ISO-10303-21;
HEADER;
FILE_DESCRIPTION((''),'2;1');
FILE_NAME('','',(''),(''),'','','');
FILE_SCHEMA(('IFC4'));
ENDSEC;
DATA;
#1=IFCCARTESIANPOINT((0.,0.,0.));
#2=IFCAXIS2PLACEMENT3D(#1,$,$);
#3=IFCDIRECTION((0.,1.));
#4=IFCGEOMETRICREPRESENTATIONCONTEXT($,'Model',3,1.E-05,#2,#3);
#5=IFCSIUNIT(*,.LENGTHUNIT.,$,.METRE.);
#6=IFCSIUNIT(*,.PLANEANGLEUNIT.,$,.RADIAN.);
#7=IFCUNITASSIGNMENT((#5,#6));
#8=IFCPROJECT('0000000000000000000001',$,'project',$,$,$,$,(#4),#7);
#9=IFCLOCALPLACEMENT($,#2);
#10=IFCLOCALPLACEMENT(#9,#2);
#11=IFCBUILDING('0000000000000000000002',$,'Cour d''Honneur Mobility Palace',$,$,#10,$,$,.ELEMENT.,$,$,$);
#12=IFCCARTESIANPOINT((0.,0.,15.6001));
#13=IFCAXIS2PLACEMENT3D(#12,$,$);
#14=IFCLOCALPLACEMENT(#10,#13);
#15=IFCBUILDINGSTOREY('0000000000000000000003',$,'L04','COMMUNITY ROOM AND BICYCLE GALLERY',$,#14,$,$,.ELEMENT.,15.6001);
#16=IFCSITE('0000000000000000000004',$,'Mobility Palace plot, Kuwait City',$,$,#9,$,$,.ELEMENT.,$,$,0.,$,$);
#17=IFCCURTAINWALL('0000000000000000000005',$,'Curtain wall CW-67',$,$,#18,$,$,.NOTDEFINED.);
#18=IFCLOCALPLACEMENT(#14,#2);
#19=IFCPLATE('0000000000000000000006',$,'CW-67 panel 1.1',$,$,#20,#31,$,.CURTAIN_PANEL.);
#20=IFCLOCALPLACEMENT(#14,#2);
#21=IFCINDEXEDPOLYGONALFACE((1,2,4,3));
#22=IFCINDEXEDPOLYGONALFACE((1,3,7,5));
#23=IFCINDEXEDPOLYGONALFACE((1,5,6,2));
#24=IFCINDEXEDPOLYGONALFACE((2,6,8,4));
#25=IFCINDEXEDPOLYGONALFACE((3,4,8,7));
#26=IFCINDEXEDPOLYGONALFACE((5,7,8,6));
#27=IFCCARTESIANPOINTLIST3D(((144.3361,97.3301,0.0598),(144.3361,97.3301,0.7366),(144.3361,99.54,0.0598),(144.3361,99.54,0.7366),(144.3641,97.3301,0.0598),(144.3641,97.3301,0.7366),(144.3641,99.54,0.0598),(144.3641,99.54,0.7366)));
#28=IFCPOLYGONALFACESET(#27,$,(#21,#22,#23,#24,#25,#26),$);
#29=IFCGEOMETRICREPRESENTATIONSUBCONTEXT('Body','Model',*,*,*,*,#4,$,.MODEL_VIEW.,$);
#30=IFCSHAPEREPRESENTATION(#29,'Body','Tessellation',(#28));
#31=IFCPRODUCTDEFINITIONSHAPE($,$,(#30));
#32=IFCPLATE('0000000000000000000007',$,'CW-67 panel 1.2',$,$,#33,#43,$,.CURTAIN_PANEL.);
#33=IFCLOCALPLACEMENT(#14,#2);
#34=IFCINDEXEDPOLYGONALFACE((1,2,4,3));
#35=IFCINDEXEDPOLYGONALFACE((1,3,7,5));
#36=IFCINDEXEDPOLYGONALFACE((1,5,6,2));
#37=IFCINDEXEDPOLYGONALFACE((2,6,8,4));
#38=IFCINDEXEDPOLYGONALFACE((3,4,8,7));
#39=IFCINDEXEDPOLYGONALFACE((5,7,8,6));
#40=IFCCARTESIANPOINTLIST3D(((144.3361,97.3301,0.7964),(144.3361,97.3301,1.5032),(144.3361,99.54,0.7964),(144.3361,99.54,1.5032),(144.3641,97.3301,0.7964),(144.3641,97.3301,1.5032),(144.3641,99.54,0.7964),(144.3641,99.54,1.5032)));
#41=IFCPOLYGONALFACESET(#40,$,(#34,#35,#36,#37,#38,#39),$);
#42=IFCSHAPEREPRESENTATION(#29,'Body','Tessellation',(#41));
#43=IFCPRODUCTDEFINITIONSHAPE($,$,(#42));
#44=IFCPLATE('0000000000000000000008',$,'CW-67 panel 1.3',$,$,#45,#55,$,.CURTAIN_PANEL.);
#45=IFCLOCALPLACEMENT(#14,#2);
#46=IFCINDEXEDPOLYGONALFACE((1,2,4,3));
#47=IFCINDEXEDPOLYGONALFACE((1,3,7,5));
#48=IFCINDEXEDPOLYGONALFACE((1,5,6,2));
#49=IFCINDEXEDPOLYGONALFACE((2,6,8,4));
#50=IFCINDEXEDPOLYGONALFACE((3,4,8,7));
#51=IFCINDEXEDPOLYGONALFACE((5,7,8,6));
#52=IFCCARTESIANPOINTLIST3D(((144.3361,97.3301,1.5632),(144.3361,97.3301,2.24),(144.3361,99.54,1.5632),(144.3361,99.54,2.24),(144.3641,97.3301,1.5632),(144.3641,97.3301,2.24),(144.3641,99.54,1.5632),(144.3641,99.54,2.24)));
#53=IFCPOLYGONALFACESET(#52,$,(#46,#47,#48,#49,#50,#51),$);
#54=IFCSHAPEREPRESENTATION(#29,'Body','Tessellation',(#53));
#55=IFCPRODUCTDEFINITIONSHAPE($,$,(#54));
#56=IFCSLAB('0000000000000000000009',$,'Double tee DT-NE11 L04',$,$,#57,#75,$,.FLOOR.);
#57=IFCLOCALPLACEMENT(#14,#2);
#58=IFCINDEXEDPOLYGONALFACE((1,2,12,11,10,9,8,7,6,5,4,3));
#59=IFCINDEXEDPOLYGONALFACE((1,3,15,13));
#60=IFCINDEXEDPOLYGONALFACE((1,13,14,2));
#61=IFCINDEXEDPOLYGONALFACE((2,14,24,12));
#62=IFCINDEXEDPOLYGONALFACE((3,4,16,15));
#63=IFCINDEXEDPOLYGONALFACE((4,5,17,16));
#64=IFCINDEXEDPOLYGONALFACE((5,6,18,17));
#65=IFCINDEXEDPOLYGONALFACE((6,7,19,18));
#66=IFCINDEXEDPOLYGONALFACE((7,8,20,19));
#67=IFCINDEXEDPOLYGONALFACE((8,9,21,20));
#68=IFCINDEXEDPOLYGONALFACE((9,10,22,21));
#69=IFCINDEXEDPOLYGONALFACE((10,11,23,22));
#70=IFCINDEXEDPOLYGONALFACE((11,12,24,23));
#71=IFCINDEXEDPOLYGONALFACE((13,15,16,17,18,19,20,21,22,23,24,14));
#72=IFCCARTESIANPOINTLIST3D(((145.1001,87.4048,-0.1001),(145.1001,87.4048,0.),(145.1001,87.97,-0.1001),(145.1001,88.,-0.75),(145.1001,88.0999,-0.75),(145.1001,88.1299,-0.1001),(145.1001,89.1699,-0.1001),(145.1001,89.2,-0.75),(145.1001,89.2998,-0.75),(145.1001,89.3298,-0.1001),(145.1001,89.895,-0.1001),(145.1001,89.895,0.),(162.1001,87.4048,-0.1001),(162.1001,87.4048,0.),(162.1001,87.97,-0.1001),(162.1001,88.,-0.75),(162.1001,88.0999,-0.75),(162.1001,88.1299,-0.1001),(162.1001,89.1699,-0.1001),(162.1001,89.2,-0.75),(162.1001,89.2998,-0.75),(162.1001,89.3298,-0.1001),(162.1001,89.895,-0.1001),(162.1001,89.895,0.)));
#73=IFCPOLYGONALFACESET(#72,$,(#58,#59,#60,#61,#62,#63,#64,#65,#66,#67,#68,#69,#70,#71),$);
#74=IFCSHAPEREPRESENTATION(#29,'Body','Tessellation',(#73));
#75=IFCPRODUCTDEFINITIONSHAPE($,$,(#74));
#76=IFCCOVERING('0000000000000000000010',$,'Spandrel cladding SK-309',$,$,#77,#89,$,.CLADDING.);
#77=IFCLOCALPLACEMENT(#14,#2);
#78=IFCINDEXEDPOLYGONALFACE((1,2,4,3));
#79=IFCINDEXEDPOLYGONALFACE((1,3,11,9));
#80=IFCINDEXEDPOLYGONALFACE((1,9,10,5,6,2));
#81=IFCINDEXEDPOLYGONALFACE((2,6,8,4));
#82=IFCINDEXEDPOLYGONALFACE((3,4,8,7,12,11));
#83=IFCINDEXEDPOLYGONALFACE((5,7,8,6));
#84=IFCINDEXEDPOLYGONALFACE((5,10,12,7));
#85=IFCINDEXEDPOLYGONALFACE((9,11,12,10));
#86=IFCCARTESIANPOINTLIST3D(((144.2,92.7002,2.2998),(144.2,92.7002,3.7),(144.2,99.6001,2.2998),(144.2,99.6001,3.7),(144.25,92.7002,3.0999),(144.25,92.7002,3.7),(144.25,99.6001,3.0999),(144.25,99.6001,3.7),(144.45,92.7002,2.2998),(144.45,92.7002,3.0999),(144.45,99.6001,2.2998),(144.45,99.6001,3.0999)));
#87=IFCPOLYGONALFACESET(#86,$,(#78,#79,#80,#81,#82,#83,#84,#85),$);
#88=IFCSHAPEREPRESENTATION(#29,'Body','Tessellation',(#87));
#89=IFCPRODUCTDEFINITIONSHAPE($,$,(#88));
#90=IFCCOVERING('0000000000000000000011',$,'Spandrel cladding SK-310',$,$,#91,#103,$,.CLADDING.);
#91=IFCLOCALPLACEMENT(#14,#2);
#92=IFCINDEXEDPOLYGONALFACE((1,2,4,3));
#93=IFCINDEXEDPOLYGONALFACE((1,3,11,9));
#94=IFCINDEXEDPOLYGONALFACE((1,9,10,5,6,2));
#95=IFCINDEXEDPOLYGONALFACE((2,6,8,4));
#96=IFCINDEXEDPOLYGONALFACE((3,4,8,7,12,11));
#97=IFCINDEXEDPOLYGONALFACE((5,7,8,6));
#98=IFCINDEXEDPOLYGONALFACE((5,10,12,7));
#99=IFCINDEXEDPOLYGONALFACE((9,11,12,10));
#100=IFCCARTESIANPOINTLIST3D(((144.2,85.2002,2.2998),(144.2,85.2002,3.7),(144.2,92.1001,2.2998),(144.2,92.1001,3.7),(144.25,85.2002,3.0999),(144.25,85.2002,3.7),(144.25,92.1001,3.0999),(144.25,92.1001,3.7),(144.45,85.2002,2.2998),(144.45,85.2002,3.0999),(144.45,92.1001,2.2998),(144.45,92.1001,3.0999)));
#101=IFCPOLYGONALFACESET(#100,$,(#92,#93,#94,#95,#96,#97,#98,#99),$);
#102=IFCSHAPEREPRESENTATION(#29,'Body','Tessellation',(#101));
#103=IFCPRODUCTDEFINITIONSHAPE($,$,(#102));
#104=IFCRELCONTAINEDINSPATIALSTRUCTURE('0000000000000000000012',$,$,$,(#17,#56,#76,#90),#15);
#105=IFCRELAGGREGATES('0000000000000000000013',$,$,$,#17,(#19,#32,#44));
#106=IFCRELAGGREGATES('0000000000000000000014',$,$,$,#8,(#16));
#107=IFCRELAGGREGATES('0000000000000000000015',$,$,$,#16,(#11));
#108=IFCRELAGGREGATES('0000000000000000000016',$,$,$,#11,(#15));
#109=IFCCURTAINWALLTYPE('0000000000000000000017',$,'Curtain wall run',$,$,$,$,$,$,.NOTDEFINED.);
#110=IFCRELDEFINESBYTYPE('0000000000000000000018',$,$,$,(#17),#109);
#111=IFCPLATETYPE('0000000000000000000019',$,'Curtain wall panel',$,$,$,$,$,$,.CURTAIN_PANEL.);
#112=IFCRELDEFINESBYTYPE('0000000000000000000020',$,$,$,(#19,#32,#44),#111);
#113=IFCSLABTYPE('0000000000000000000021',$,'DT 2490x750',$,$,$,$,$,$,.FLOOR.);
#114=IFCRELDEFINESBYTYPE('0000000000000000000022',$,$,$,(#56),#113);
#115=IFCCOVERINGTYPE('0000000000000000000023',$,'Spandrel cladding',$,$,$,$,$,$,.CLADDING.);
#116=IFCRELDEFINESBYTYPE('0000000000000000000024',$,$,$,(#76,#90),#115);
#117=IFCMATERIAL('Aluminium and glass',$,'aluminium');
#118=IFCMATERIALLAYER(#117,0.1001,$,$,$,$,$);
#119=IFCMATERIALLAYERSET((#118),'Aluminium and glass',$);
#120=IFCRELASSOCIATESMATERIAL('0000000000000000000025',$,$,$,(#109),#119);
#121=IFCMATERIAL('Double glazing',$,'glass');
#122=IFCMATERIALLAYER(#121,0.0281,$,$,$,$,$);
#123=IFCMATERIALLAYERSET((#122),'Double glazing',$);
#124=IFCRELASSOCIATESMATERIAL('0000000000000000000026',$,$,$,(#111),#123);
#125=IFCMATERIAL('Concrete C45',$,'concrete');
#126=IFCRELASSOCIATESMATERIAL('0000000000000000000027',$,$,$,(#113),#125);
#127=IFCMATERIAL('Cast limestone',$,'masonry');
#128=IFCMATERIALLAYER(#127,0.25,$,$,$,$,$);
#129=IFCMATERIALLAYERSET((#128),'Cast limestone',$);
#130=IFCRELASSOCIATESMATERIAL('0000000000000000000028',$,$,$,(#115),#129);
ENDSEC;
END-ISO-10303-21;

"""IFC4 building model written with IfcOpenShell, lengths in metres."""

from ifc_helpers import new_model, si_unit, direction, frame, origin, origin_2d, place, context, subcontext, project, spatial, polyline, rectangle, outline, extrude, material, layer, layer_set, material_profile, profile_set, type_object, element, aggregate, save


model = new_model("IFC4")

# Units and contexts
model_context = context("Model", 3, precision=1e-05, world=origin(), true_north=direction((0.0, 1.0)))
body_context = subcontext(model_context, "Body", "Model", "MODEL_VIEW")
ifc_project = project(units=[si_unit("LENGTHUNIT", "METRE"), si_unit("PLANEANGLEUNIT", "RADIAN")], contexts=[model_context])

# Site, building, storey
site_placement = place(None, origin())
site = spatial("IfcSite", under=ifc_project, at=site_placement, Name="Mobility Palace plot, Kuwait City", CompositionType="ELEMENT", RefElevation=0.0)
building_placement = place(site_placement, origin())
building = spatial("IfcBuilding", under=site, at=building_placement, Name="Cour d'Honneur Mobility Palace", CompositionType="ELEMENT")
storey_placement = place(building_placement, frame((0.0, 0.0, 15.6001)))
storey = spatial("IfcBuildingStorey", under=building, at=storey_placement, Name="L04", Description="COMMUNITY ROOM AND BICYCLE GALLERY", CompositionType="ELEMENT", Elevation=15.6001)

# Shared definitions
ifc_material_1 = material(Name="Aluminium and glass", Category="aluminium")
ifc_layer_1 = layer(ifc_material_1, 0.1001)
ifc_layer_set_1 = layer_set([ifc_layer_1], Name="Aluminium and glass")
curtain_wall_type = type_object("IfcCurtainWallType", Name="Curtain wall run", PredefinedType="NOTDEFINED", material=ifc_layer_set_1)

# Curtain wall
curtain_wall_1_placement = place(storey_placement, origin())
curtain_wall_1 = element("IfcCurtainWall", 1, at=curtain_wall_1_placement, inside=storey, type_object=curtain_wall_type, Name="Curtain wall CW-67", PredefinedType="NOTDEFINED")

# Plates
ifc_material_2 = material(Name="Double glazing", Category="glass")
ifc_layer_2 = layer(ifc_material_2, 0.0281)
ifc_layer_set_2 = layer_set([ifc_layer_2], Name="Double glazing")
plate_type = type_object("IfcPlateType", Name="Curtain wall panel", PredefinedType="CURTAIN_PANEL", material=ifc_layer_set_2)
plate_1_placement = place(storey_placement, frame((144.3501, 98.4351, 0.0598), z_axis=(0.0, 0.0, 1.0), x_axis=(0.0, -1.0, 0.0)))
plate_1 = element("IfcPlate", 2, at=plate_1_placement, type_object=plate_type, Name="CW-67 panel 1.1", PredefinedType="CURTAIN_PANEL", context=body_context, shape_type="SweptSolid", body=[
    extrude(rectangle(XDim=2.21, YDim=0.0281, at=origin_2d()), origin(), (0.0, 0.0, 1.0), 0.6768),
])
plate_2_placement = place(storey_placement, frame((144.3501, 98.4351, 0.7964), z_axis=(0.0, 0.0, 1.0), x_axis=(0.0, -1.0, 0.0)))
plate_2 = element("IfcPlate", 3, at=plate_2_placement, type_object=plate_type, Name="CW-67 panel 1.2", PredefinedType="CURTAIN_PANEL", context=body_context, shape_type="SweptSolid", body=[
    extrude(rectangle(XDim=2.21, YDim=0.0281, at=origin_2d()), origin(), (0.0, 0.0, 1.0), 0.7068),
])
plate_3_placement = place(storey_placement, frame((144.3501, 98.4351, 1.5632), z_axis=(0.0, 0.0, 1.0), x_axis=(0.0, -1.0, 0.0)))
plate_3 = element("IfcPlate", 4, at=plate_3_placement, type_object=plate_type, Name="CW-67 panel 1.3", PredefinedType="CURTAIN_PANEL", context=body_context, shape_type="SweptSolid", body=[
    extrude(rectangle(XDim=2.21, YDim=0.0281, at=origin_2d()), origin(), (0.0, 0.0, 1.0), 0.6768),
])
aggregate(curtain_wall_1, [plate_1, plate_2, plate_3])

# Slab
ifc_material_3 = material(Name="Concrete C45", Category="concrete")
ifc_material_profile_1 = material_profile(ifc_material_3, outline(polyline([(-1.2451, 0.0), (1.2451, 0.0), (1.2451, -0.1001), (0.6799, -0.1001), (0.6499, -0.75), (0.55, -0.75), (0.52, -0.1001), (-0.52, -0.1001), (-0.55, -0.75), (-0.6499, -0.75), (-0.6799, -0.1001), (-1.2451, -0.1001), (-1.2451, 0.0)])), Name="DT 2490x750")
ifc_profile_set_1 = profile_set([ifc_material_profile_1], Name="Concrete C45")
slab_type = type_object("IfcSlabType", Name="DT 2490x750", PredefinedType="FLOOR", material=ifc_profile_set_1)
slab_placement = place(storey_placement, frame((145.1001, 88.6499, 0.0), z_axis=(1.0, 0.0, 0.0), x_axis=(0.0, 1.0, 0.0)))
element("IfcSlab", 5, at=slab_placement, inside=storey, type_object=slab_type, Name="Double tee DT-NE11 L04", PredefinedType="FLOOR", context=body_context, shape_type="SweptSolid", body=[
    extrude(outline(polyline([(-1.2451, 0.0), (1.2451, 0.0), (1.2451, -0.1001), (0.6799, -0.1001), (0.6499, -0.75), (0.55, -0.75), (0.52, -0.1001), (-0.52, -0.1001), (-0.55, -0.75), (-0.6499, -0.75), (-0.6799, -0.1001), (-1.2451, -0.1001), (-1.2451, 0.0)])), origin(), (0.0, 0.0, 1.0), 17.0),
])

# Coverings
ifc_material_4 = material(Name="Cast limestone", Category="masonry")
ifc_layer_3 = layer(ifc_material_4, 0.25)
ifc_layer_set_3 = layer_set([ifc_layer_3], Name="Cast limestone")
covering_type = type_object("IfcCoveringType", Name="Spandrel cladding", PredefinedType="CLADDING", material=ifc_layer_set_3)
for number, where, z_axis, x_axis, name in (
    (6, (144.45, 99.6001, 2.2998), (0.0, 1.0, 0.0), (-1.0, 0.0, 0.0), "Spandrel cladding SK-309"),
    (7, (144.45, 92.1001, 2.2998), (0.0, 1.0, 0.0), (-1.0, 0.0, 0.0), "Spandrel cladding SK-310"),
):
    element("IfcCovering", number, at=place(storey_placement, frame(where, z_axis=z_axis, x_axis=x_axis)), inside=storey, type_object=covering_type, Name=name, PredefinedType="CLADDING", context=body_context, shape_type="SweptSolid", body=[
        extrude(outline(polyline([(0.0, 0.0), (0.25, 0.0), (0.25, 1.4001), (0.2, 1.4001), (0.2, 0.8), (0.0, 0.8), (0.0, 0.0)])), origin(), (0.0, 0.0, -1.0), 6.8999),
    ])

save(model, "model.ifc")
